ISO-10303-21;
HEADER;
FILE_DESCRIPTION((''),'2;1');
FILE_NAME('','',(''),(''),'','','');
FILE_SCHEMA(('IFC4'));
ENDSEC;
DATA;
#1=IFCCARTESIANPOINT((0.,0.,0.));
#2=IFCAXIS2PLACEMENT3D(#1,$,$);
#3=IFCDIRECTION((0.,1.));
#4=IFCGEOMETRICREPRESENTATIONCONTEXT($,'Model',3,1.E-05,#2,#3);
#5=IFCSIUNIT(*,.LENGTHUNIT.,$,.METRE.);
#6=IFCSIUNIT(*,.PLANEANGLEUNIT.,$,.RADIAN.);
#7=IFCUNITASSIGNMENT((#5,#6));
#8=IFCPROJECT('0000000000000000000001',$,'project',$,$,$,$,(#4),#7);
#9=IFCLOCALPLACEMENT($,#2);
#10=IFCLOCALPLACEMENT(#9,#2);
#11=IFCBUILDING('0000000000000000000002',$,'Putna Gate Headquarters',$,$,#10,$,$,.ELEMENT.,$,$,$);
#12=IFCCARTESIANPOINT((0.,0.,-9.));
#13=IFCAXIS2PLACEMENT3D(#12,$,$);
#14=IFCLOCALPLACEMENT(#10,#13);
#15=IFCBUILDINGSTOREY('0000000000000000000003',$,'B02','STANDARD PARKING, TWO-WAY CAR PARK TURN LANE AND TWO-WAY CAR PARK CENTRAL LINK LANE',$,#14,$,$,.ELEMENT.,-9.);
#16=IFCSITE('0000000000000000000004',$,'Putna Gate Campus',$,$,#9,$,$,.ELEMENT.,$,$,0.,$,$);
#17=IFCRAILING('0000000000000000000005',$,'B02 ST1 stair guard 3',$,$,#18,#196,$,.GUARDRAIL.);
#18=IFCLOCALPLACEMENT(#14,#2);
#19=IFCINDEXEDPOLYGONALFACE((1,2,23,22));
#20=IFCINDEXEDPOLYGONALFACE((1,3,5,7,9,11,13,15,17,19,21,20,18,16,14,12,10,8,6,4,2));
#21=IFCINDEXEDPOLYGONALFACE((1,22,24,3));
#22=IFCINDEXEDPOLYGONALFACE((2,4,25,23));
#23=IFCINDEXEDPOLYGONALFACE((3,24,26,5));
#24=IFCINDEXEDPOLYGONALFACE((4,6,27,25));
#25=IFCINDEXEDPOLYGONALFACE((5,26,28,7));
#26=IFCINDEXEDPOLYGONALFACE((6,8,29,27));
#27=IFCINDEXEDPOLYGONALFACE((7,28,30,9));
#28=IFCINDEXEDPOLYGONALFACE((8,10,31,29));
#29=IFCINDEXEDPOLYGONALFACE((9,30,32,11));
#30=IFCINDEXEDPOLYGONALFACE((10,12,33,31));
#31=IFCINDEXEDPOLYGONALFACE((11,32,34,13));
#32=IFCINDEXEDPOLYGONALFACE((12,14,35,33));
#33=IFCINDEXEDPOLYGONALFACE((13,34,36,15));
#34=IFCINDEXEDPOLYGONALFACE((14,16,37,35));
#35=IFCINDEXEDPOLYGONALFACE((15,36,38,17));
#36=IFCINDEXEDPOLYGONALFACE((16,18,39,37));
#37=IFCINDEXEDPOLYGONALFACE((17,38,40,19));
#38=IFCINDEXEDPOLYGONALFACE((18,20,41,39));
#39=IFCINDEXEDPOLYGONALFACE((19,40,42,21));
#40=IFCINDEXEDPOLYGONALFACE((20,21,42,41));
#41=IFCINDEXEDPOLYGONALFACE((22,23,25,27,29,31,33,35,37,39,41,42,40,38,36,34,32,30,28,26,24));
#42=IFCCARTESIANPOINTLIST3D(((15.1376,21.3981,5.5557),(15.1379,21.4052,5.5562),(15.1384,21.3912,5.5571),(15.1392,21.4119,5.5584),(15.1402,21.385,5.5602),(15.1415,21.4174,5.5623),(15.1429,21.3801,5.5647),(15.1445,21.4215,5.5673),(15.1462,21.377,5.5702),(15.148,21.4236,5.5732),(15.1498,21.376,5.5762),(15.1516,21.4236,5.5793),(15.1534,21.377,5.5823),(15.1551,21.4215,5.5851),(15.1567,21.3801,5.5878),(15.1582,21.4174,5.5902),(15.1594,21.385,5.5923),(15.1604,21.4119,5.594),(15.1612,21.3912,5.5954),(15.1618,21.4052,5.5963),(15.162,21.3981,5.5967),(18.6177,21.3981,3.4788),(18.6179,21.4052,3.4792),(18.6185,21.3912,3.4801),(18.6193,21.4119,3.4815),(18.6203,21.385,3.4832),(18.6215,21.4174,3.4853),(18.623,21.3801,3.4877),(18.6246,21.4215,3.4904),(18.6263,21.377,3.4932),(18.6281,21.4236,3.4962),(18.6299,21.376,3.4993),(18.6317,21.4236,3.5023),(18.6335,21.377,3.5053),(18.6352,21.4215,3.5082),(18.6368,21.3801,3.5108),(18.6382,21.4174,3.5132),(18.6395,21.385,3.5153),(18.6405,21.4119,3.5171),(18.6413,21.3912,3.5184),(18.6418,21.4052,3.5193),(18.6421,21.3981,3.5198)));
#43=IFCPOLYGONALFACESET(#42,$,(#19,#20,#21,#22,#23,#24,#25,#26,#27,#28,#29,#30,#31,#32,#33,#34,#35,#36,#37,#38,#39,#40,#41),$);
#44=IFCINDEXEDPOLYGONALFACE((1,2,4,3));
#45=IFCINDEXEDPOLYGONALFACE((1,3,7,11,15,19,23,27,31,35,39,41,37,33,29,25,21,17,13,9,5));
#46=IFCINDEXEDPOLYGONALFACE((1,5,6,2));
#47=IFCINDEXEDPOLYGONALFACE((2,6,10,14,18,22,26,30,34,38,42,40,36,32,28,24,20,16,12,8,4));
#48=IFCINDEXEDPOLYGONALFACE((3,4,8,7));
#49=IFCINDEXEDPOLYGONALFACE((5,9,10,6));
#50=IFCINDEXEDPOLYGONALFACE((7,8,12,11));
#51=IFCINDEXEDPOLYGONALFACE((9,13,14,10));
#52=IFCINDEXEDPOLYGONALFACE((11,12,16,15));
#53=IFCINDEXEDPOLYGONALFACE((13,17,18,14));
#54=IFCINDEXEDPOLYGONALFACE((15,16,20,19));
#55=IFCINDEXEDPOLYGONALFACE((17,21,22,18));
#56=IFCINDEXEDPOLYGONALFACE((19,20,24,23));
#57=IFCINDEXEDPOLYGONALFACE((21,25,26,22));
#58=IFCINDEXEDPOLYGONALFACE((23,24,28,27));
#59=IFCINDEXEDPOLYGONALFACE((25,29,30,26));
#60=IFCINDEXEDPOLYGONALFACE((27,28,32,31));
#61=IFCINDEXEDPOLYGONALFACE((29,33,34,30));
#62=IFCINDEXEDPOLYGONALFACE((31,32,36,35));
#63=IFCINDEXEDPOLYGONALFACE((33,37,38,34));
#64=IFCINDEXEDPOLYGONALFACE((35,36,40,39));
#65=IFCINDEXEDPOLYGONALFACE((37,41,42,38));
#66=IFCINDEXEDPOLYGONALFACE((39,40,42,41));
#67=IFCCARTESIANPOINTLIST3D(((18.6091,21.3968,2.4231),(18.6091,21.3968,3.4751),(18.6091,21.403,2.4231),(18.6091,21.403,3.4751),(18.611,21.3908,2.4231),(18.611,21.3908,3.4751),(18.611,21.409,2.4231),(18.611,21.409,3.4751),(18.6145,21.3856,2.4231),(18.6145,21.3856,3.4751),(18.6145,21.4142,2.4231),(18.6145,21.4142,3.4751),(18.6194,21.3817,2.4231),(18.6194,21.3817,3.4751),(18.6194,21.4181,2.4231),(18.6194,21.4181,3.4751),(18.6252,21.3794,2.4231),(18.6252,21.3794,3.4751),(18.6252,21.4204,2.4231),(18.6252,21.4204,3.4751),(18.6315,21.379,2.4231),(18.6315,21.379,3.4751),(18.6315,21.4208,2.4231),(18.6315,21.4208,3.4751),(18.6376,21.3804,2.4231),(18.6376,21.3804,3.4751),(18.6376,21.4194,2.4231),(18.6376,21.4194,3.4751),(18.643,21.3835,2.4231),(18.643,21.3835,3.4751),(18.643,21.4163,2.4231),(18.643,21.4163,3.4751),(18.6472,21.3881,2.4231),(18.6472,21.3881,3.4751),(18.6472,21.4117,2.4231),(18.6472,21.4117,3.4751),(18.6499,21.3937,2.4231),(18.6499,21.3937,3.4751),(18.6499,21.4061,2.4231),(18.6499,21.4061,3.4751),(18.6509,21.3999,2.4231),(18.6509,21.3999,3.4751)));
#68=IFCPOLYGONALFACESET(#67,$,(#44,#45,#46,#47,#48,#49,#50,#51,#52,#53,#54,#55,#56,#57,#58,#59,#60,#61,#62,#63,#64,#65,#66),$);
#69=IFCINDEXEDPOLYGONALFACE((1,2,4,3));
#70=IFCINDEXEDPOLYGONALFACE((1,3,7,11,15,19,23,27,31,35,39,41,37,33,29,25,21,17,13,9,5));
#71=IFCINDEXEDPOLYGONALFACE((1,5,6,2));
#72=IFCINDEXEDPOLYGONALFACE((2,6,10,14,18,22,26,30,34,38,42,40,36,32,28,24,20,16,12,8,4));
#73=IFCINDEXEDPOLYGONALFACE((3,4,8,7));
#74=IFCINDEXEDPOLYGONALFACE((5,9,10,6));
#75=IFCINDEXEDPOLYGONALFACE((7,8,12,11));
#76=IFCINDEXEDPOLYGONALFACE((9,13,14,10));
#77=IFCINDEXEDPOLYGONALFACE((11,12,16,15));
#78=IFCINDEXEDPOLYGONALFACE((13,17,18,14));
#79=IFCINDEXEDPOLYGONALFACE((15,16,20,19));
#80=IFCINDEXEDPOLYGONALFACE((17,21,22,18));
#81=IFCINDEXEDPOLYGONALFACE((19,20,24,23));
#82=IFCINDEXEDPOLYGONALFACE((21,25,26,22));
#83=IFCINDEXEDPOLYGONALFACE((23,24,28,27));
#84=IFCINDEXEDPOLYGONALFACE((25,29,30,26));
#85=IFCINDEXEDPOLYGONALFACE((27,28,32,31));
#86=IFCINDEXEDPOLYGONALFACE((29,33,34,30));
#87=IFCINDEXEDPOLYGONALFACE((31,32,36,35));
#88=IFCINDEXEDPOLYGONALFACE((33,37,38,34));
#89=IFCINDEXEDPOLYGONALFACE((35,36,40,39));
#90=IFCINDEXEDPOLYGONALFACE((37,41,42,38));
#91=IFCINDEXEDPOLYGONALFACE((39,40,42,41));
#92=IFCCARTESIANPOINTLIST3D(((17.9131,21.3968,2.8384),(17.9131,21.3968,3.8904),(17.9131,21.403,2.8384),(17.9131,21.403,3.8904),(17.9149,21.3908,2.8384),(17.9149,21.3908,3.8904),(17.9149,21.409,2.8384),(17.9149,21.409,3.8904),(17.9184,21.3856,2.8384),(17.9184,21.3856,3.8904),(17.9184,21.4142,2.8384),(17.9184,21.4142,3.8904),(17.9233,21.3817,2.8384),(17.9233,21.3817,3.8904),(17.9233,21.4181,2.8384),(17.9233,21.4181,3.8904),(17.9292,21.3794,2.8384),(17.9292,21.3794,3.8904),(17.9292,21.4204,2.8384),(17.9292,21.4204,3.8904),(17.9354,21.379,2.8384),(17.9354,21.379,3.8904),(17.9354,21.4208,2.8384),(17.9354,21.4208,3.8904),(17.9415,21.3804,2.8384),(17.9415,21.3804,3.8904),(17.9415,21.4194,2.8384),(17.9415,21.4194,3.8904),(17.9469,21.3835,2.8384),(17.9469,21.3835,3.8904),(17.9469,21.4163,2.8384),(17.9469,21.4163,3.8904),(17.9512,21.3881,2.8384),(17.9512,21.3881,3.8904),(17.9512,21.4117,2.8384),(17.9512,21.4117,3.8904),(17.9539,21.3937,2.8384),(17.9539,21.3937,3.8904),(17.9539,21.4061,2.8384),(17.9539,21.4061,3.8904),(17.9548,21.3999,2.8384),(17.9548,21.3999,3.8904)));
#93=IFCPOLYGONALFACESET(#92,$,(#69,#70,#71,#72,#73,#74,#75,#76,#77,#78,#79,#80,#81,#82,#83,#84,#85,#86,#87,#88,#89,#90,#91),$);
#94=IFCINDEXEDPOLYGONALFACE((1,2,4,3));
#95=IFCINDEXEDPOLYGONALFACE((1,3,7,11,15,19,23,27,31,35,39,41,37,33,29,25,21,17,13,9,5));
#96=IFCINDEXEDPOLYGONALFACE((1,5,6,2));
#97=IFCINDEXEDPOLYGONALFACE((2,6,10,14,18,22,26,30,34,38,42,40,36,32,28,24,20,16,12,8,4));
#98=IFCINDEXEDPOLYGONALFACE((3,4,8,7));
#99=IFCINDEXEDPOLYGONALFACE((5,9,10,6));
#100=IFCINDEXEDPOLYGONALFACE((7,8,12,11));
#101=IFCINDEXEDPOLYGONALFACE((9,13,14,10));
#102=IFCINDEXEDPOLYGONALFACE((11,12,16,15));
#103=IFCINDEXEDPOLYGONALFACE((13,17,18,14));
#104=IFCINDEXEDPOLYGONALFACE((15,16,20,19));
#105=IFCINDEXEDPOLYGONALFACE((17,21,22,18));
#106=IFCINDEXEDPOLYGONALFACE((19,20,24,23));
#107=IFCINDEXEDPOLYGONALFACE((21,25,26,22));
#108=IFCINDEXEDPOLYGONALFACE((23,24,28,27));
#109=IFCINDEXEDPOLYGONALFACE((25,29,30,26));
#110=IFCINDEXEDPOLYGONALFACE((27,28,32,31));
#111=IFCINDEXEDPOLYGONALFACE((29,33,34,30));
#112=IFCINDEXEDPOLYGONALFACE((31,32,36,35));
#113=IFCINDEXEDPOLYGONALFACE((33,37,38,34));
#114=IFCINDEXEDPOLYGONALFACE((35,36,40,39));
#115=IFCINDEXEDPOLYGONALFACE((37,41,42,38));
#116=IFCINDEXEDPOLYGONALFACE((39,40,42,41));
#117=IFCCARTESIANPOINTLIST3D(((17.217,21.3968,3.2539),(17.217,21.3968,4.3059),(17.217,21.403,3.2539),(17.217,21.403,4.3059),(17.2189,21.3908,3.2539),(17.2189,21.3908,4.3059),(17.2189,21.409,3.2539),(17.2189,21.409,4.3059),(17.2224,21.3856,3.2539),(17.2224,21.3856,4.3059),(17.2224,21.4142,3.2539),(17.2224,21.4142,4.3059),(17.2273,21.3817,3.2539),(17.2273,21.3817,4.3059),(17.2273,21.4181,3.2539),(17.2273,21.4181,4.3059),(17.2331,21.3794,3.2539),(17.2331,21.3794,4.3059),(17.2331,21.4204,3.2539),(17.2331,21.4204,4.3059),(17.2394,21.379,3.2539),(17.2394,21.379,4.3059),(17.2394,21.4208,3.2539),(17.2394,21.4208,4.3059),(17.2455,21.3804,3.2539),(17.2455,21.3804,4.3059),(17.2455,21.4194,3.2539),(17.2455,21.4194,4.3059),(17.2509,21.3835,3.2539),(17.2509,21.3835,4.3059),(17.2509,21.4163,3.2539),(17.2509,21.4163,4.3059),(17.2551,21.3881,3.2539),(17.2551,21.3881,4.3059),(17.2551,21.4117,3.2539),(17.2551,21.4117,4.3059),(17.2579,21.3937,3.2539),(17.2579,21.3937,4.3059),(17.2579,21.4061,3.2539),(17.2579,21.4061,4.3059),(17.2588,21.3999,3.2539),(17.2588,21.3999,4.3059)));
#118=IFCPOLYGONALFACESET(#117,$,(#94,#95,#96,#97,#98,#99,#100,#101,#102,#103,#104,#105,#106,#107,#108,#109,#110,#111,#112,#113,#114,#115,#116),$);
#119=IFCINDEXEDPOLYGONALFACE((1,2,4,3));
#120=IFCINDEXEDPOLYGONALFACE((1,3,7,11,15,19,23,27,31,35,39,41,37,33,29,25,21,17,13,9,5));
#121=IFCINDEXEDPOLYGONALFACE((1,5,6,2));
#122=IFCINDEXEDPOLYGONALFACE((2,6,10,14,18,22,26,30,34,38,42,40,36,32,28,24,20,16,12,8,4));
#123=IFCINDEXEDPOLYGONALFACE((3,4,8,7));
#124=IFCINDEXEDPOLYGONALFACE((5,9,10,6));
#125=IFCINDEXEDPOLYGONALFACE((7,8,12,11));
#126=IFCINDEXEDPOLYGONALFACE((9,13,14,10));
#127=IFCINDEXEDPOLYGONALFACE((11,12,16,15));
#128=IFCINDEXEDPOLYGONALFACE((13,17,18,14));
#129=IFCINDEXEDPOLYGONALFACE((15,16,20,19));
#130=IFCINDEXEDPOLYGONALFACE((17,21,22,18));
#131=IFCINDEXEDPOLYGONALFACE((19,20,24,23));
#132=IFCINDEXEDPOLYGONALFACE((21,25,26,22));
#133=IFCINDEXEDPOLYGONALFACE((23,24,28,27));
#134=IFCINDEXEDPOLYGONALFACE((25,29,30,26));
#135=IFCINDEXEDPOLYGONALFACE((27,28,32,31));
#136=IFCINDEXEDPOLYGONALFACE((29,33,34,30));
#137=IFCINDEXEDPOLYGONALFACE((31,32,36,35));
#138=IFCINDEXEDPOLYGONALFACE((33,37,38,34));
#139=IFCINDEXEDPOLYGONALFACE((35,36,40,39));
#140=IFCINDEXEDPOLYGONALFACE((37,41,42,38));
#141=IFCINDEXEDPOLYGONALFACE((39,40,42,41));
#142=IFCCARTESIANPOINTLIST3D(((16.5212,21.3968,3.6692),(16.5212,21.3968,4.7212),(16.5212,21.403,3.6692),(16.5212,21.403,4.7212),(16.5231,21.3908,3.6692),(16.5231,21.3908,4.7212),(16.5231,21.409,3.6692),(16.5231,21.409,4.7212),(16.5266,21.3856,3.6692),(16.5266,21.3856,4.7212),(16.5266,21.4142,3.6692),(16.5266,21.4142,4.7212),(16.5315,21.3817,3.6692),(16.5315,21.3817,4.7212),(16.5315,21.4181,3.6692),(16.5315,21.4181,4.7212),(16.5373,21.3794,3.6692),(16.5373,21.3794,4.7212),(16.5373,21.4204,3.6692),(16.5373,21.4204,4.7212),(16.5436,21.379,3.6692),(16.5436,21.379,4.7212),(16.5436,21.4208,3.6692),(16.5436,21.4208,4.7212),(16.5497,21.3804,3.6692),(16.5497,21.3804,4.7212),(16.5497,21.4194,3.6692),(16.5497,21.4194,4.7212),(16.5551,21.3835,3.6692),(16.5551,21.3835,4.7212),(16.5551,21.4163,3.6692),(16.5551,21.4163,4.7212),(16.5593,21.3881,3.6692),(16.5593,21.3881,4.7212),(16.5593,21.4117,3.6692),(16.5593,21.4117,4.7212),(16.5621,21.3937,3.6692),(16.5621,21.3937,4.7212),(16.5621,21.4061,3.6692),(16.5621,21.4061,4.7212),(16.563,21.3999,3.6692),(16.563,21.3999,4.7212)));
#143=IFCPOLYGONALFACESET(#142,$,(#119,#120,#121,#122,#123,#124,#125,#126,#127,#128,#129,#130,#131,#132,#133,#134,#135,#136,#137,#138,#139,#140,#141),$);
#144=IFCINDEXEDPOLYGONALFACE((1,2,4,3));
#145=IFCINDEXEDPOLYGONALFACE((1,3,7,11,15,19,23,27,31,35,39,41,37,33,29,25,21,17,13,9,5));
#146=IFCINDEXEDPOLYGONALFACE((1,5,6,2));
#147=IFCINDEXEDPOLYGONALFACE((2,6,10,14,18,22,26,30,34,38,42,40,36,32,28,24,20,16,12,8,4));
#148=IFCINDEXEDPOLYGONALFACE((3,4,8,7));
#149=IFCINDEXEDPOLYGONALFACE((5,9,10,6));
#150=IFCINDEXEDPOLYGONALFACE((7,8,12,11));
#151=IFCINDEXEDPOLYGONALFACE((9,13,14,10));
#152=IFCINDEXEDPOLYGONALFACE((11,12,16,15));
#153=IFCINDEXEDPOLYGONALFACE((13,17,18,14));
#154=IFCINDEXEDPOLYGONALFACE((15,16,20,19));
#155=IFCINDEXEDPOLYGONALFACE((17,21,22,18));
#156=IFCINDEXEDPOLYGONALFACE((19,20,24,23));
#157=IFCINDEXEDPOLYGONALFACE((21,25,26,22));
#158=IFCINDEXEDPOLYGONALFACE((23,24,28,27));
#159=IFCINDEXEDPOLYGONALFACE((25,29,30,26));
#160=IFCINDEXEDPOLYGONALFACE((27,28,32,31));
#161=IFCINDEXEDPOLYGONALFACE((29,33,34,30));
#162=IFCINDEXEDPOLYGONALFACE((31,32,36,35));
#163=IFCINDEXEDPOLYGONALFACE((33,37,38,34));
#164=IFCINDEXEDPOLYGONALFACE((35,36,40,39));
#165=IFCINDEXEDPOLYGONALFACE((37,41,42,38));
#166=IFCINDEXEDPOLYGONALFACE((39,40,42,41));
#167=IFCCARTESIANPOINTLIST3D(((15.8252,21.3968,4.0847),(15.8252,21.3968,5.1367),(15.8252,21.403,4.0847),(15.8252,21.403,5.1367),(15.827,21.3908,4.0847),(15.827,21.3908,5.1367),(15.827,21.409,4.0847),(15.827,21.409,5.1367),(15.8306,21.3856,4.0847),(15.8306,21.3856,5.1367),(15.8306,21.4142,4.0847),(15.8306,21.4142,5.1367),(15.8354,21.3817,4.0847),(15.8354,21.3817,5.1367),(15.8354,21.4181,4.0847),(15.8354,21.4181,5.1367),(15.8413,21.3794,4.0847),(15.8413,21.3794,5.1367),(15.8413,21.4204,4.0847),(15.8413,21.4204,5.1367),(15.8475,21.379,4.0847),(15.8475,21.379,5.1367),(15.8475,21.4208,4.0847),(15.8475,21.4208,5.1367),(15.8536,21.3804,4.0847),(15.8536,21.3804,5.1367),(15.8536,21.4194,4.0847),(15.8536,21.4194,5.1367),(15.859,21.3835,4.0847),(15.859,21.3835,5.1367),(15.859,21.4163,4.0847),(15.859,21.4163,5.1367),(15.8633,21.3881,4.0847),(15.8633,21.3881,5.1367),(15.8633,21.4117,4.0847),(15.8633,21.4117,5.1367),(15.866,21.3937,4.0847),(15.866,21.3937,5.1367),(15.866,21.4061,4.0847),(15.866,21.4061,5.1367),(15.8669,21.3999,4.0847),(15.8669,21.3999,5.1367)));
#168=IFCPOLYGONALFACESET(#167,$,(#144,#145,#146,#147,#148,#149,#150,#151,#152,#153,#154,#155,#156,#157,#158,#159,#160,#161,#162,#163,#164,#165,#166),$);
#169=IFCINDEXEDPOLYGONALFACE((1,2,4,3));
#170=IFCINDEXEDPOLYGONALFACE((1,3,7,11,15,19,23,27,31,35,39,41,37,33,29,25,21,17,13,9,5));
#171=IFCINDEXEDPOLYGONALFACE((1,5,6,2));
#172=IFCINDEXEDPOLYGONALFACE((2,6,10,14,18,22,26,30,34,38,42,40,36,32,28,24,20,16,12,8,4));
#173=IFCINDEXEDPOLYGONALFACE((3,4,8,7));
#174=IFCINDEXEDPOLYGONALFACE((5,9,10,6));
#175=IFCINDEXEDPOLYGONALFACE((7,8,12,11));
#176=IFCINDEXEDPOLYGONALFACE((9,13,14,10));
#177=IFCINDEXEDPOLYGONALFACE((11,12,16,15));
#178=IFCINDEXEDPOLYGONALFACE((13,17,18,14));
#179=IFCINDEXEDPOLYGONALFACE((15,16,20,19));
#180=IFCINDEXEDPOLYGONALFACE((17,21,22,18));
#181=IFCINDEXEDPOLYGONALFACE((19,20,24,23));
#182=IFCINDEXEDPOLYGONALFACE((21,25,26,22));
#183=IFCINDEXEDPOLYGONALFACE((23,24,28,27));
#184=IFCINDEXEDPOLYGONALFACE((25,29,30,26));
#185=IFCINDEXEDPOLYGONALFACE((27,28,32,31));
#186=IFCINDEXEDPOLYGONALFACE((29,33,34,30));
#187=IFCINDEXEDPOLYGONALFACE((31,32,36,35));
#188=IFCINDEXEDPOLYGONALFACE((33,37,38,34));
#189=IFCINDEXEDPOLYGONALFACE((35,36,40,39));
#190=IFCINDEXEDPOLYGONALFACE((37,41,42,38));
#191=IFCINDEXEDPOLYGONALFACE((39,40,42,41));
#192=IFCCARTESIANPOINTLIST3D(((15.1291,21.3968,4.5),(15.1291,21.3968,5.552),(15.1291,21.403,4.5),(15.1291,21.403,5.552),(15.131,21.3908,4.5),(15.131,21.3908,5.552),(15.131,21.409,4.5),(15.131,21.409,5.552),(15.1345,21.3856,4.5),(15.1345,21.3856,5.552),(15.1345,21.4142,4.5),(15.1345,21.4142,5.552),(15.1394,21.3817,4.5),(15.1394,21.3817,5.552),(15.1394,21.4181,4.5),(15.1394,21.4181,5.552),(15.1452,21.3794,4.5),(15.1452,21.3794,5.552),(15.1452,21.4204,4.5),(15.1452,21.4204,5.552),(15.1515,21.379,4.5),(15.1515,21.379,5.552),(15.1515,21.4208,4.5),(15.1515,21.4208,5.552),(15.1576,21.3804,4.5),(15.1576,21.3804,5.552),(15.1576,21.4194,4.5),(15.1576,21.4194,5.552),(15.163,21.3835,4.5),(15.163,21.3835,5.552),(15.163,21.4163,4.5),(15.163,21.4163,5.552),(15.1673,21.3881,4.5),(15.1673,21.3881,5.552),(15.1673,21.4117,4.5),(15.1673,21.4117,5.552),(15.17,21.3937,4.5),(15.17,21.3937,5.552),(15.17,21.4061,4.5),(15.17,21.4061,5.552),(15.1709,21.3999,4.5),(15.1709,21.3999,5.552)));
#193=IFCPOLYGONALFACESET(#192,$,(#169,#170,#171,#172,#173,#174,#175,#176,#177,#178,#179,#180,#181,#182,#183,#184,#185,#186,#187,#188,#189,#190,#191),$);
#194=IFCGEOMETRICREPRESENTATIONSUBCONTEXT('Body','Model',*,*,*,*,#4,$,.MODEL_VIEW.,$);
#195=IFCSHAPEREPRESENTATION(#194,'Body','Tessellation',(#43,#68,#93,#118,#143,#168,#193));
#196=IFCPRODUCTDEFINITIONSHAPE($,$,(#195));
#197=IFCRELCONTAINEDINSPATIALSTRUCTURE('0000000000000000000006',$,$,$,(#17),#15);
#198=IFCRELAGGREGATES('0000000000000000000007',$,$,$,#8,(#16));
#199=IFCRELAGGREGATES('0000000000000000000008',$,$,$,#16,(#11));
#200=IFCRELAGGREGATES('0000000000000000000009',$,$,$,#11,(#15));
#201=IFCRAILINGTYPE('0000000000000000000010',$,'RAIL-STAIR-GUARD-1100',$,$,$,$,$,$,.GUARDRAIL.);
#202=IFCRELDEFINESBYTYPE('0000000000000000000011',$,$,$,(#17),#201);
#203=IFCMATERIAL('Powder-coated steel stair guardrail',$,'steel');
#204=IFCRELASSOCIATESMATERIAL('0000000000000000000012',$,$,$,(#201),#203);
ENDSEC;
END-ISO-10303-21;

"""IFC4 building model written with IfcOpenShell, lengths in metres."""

from ifc_helpers import new_model, si_unit, direction, frame, origin, origin_2d, place, context, subcontext, project, spatial, circle, extrude, material, type_object, element, save


model = new_model("IFC4")

# Units and contexts
model_context = context("Model", 3, precision=1e-05, world=origin(), true_north=direction((0.0, 1.0)))
body_context = subcontext(model_context, "Body", "Model", "MODEL_VIEW")
ifc_project = project(units=[si_unit("LENGTHUNIT", "METRE"), si_unit("PLANEANGLEUNIT", "RADIAN")], contexts=[model_context])

# Site, building, storey
site_placement = place(None, origin())
site = spatial("IfcSite", under=ifc_project, at=site_placement, Name="Putna Gate Campus", CompositionType="ELEMENT", RefElevation=0.0)
building_placement = place(site_placement, origin())
building = spatial("IfcBuilding", under=site, at=building_placement, Name="Putna Gate Headquarters", CompositionType="ELEMENT")
storey_placement = place(building_placement, frame((0.0, 0.0, -9.0)))
storey = spatial("IfcBuildingStorey", under=building, at=storey_placement, Name="B02", Description="STANDARD PARKING, TWO-WAY CAR PARK TURN LANE AND TWO-WAY CAR PARK CENTRAL LINK LANE", CompositionType="ELEMENT", Elevation=-9.0)

# Railing
ifc_material_1 = material(Name="Powder-coated steel stair guardrail", Category="steel")
railing_type_1 = type_object("IfcRailingType", Name="RAIL-STAIR-GUARD-1100", PredefinedType="GUARDRAIL", material=ifc_material_1)
railing_1_placement = place(storey_placement, frame((18.6299, 21.3999, 2.4231)))
element("IfcRailing", 1, at=railing_1_placement, inside=storey, type_object=railing_type_1, Name="B02 ST1 stair guard 3", PredefinedType="GUARDRAIL", context=body_context, shape_type="SweptSolid", body=[
    extrude(circle(Radius=0.0239, at=origin_2d()), frame((0.0, 0.0, 1.0762), z_axis=(-0.858697, 0.0, 0.512483), x_axis=(0.0, -1.0, 0.0)), (0.0, 0.0, 1.0), 4.0527),
    extrude(circle(Radius=0.021, at=origin_2d()), origin(), (0.0, 0.0, 1.0), 1.052),
    extrude(circle(Radius=0.021, at=origin_2d()), frame((-0.696, 0.0, 0.4153)), (0.0, 0.0, 1.0), 1.052),
    extrude(circle(Radius=0.021, at=origin_2d()), frame((-1.3921, 0.0, 0.8308)), (0.0, 0.0, 1.0), 1.052),
    extrude(circle(Radius=0.021, at=origin_2d()), frame((-2.0879, 0.0, 1.2461)), (0.0, 0.0, 1.0), 1.052),
    extrude(circle(Radius=0.021, at=origin_2d()), frame((-2.7839, 0.0, 1.6616)), (0.0, 0.0, 1.0), 1.052),
    extrude(circle(Radius=0.021, at=origin_2d()), frame((-3.48, 0.0, 2.0769)), (0.0, 0.0, 1.0), 1.052),
])

save(model, "model.ifc")
